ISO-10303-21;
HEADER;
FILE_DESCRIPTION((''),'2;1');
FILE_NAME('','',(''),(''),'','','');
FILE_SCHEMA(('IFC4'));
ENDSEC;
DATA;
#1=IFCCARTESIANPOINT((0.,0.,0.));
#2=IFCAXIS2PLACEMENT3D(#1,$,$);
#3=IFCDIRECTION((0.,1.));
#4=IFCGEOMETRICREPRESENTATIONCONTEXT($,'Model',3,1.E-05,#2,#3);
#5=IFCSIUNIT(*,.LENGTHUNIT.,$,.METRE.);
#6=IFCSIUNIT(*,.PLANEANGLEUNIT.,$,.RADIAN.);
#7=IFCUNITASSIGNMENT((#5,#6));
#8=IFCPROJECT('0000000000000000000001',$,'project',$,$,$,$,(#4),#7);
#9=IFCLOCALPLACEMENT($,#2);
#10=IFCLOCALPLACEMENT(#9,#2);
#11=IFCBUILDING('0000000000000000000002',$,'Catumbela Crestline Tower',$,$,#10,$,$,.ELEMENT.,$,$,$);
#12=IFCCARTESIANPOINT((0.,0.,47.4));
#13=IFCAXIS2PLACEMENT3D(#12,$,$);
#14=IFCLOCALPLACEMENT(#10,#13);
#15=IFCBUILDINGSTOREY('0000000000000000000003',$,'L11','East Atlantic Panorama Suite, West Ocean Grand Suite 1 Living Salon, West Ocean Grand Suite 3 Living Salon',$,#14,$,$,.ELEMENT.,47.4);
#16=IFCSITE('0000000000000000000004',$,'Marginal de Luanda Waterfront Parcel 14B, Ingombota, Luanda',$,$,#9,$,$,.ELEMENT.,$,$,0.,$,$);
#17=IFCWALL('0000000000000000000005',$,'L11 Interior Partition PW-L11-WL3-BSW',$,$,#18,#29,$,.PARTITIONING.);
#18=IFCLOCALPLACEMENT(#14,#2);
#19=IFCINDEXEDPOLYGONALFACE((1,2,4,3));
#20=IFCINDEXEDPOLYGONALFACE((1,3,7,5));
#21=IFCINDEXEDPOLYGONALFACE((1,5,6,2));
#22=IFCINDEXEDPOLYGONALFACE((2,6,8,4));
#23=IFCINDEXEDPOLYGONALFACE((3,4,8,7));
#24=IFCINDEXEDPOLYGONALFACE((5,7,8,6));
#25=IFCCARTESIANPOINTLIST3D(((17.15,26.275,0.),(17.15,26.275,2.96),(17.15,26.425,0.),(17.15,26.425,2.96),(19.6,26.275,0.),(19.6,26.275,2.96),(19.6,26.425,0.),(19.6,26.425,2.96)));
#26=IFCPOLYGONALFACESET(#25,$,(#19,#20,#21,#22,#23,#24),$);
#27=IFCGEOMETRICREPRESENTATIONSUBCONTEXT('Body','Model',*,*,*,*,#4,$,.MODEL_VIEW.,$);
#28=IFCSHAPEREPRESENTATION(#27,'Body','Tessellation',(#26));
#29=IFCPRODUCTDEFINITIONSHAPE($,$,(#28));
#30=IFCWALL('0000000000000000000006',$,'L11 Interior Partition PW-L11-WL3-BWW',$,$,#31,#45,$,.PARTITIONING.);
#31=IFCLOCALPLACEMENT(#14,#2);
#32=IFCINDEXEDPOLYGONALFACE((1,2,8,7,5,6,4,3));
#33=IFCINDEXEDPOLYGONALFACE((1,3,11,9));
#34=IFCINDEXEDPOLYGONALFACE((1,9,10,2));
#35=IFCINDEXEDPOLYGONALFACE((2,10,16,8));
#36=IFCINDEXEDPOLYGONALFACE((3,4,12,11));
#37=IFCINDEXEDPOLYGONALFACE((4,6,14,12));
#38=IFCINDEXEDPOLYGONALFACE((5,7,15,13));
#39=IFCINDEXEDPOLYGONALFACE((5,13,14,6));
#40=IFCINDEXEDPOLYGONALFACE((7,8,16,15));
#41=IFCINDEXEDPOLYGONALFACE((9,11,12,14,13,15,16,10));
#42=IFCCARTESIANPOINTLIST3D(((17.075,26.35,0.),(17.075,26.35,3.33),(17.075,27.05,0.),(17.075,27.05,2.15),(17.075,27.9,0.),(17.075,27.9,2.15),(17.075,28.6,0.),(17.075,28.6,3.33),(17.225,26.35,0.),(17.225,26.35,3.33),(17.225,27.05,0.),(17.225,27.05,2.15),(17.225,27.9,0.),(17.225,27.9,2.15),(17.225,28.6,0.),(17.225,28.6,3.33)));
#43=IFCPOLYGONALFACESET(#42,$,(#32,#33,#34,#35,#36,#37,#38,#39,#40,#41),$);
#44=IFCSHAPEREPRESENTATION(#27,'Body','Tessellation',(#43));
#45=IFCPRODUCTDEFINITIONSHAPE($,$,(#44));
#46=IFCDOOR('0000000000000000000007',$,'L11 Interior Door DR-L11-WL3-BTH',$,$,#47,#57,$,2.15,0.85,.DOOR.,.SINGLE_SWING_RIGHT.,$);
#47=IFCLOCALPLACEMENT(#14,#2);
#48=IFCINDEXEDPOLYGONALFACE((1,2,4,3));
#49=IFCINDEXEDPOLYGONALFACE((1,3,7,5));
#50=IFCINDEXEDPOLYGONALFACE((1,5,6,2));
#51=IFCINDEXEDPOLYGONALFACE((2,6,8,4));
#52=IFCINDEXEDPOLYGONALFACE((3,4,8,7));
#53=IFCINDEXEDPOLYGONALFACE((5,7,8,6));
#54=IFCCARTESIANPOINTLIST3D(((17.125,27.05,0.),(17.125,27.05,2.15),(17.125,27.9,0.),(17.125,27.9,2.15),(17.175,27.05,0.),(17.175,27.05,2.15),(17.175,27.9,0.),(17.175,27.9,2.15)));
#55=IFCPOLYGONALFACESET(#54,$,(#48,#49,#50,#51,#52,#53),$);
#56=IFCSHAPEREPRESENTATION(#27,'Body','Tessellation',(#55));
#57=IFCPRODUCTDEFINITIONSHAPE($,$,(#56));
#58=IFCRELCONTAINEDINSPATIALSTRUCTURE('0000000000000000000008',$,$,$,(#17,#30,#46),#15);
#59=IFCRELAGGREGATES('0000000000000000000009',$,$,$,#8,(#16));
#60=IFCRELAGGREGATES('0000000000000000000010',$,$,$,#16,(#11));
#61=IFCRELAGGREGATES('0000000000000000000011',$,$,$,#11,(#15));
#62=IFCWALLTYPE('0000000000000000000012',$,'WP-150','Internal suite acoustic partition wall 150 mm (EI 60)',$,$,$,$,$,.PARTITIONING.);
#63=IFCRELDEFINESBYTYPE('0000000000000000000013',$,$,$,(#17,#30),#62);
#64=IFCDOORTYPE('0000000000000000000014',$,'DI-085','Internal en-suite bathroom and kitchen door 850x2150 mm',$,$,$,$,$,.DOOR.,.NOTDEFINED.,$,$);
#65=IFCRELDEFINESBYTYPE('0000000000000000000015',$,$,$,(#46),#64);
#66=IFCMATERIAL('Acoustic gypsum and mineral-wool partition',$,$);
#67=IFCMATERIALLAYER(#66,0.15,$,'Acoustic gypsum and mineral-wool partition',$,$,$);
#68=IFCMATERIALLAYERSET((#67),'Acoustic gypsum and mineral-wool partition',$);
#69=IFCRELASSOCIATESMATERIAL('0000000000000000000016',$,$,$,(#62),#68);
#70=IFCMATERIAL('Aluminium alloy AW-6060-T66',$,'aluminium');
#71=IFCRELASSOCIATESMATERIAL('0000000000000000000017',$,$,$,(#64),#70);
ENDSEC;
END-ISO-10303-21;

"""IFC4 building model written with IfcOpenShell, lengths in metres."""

from ifc_helpers import new_model, si_unit, direction, frame, frame_2d, origin, place, context, subcontext, project, spatial, rectangle, extrude, material, layer, layer_set, type_object, element, fill, save


model = new_model("IFC4")

# Units and contexts
model_context = context("Model", 3, precision=1e-05, world=origin(), true_north=direction((0.0, 1.0)))
body_context = subcontext(model_context, "Body", "Model", "MODEL_VIEW")
ifc_project = project(units=[si_unit("LENGTHUNIT", "METRE"), si_unit("PLANEANGLEUNIT", "RADIAN")], contexts=[model_context])

# Site, building, storey
site_placement = place(None, origin())
site = spatial("IfcSite", under=ifc_project, at=site_placement, Name="Marginal de Luanda Waterfront Parcel 14B, Ingombota, Luanda", CompositionType="ELEMENT", RefElevation=0.0)
building_placement = place(site_placement, origin())
building = spatial("IfcBuilding", under=site, at=building_placement, Name="Catumbela Crestline Tower", CompositionType="ELEMENT")
storey_placement = place(building_placement, frame((0.0, 0.0, 47.4)))
storey = spatial("IfcBuildingStorey", under=building, at=storey_placement, Name="L11", Description="East Atlantic Panorama Suite, West Ocean Grand Suite 1 Living Salon, West Ocean Grand Suite 3 Living Salon", CompositionType="ELEMENT", Elevation=47.4)

# Shared definitions
ifc_material_1 = material(Name="Acoustic gypsum and mineral-wool partition")
ifc_material_2 = material(Name="Aluminium alloy AW-6060-T66", Category="aluminium")

# Shared definitions
ifc_layer_1 = layer(ifc_material_1, 0.15, Name="Acoustic gypsum and mineral-wool partition")
ifc_layer_set_1 = layer_set([ifc_layer_1], Name="Acoustic gypsum and mineral-wool partition")
wall_type_1 = type_object("IfcWallType", Name="WP-150", Description="Internal suite acoustic partition wall 150 mm (EI 60)", PredefinedType="PARTITIONING", material=ifc_layer_set_1)
door_type_1 = type_object("IfcDoorType", Name="DI-085", Description="Internal en-suite bathroom and kitchen door 850x2150 mm", OperationType="NOTDEFINED", PredefinedType="DOOR", material=ifc_material_2)

# Wall
wall_1_placement = place(storey_placement, frame((17.15, 26.35, 0.0), z_axis=(0.0, 0.0, 1.0), x_axis=(1.0, 0.0, 0.0)))
element("IfcWall", 1, at=wall_1_placement, inside=storey, type_object=wall_type_1, Name="L11 Interior Partition PW-L11-WL3-BSW", PredefinedType="PARTITIONING", context=body_context, shape_type="SweptSolid", body=[
    extrude(rectangle(XDim=2.45, YDim=0.15, at=frame_2d((1.225, 0.0))), origin(), (0.0, 0.0, 1.0), 2.96),
])

# Wall, opening, door
wall_2_placement = place(storey_placement, frame((17.15, 26.35, 0.0), z_axis=(0.0, 0.0, 1.0), x_axis=(0.0, 1.0, 0.0)))
wall_2 = element("IfcWall", 2, at=wall_2_placement, inside=storey, type_object=wall_type_1, Name="L11 Interior Partition PW-L11-WL3-BWW", PredefinedType="PARTITIONING", context=body_context, shape_type="SweptSolid", body=[
    extrude(rectangle(XDim=2.25, YDim=0.15, at=frame_2d((1.125, 0.0))), origin(), (0.0, 0.0, 1.0), 3.33),
])
opening_1_placement = place(wall_2_placement, frame((0.7, 0.0, 0.0)))
opening_1 = element("IfcOpeningElement", 3, at=opening_1_placement, cuts=wall_2, PredefinedType="OPENING", context=body_context, shape_type="SweptSolid", body=[
    extrude(rectangle(XDim=0.85, YDim=2.15, at=frame_2d((0.425, 1.075))), frame((0.0, 0.085, 0.0), z_axis=(0.0, -1.0, 0.0), x_axis=(1.0, 0.0, 0.0)), (0.0, 0.0, 1.0), 0.17),
])
door_1_placement = place(opening_1_placement, origin())
door_1 = element("IfcDoor", 4, at=door_1_placement, inside=storey, type_object=door_type_1, Name="L11 Interior Door DR-L11-WL3-BTH", OperationType="SINGLE_SWING_RIGHT", OverallHeight=2.15, OverallWidth=0.85, PredefinedType="DOOR", context=body_context, shape_type="SweptSolid", body=[
    extrude(rectangle(XDim=0.85, YDim=2.15, at=frame_2d((0.425, 1.075))), frame((0.0, 0.025, 0.0), z_axis=(0.0, -1.0, 0.0), x_axis=(1.0, 0.0, 0.0)), (0.0, 0.0, 1.0), 0.05),
])
fill(opening_1, door_1)

save(model, "model.ifc")
